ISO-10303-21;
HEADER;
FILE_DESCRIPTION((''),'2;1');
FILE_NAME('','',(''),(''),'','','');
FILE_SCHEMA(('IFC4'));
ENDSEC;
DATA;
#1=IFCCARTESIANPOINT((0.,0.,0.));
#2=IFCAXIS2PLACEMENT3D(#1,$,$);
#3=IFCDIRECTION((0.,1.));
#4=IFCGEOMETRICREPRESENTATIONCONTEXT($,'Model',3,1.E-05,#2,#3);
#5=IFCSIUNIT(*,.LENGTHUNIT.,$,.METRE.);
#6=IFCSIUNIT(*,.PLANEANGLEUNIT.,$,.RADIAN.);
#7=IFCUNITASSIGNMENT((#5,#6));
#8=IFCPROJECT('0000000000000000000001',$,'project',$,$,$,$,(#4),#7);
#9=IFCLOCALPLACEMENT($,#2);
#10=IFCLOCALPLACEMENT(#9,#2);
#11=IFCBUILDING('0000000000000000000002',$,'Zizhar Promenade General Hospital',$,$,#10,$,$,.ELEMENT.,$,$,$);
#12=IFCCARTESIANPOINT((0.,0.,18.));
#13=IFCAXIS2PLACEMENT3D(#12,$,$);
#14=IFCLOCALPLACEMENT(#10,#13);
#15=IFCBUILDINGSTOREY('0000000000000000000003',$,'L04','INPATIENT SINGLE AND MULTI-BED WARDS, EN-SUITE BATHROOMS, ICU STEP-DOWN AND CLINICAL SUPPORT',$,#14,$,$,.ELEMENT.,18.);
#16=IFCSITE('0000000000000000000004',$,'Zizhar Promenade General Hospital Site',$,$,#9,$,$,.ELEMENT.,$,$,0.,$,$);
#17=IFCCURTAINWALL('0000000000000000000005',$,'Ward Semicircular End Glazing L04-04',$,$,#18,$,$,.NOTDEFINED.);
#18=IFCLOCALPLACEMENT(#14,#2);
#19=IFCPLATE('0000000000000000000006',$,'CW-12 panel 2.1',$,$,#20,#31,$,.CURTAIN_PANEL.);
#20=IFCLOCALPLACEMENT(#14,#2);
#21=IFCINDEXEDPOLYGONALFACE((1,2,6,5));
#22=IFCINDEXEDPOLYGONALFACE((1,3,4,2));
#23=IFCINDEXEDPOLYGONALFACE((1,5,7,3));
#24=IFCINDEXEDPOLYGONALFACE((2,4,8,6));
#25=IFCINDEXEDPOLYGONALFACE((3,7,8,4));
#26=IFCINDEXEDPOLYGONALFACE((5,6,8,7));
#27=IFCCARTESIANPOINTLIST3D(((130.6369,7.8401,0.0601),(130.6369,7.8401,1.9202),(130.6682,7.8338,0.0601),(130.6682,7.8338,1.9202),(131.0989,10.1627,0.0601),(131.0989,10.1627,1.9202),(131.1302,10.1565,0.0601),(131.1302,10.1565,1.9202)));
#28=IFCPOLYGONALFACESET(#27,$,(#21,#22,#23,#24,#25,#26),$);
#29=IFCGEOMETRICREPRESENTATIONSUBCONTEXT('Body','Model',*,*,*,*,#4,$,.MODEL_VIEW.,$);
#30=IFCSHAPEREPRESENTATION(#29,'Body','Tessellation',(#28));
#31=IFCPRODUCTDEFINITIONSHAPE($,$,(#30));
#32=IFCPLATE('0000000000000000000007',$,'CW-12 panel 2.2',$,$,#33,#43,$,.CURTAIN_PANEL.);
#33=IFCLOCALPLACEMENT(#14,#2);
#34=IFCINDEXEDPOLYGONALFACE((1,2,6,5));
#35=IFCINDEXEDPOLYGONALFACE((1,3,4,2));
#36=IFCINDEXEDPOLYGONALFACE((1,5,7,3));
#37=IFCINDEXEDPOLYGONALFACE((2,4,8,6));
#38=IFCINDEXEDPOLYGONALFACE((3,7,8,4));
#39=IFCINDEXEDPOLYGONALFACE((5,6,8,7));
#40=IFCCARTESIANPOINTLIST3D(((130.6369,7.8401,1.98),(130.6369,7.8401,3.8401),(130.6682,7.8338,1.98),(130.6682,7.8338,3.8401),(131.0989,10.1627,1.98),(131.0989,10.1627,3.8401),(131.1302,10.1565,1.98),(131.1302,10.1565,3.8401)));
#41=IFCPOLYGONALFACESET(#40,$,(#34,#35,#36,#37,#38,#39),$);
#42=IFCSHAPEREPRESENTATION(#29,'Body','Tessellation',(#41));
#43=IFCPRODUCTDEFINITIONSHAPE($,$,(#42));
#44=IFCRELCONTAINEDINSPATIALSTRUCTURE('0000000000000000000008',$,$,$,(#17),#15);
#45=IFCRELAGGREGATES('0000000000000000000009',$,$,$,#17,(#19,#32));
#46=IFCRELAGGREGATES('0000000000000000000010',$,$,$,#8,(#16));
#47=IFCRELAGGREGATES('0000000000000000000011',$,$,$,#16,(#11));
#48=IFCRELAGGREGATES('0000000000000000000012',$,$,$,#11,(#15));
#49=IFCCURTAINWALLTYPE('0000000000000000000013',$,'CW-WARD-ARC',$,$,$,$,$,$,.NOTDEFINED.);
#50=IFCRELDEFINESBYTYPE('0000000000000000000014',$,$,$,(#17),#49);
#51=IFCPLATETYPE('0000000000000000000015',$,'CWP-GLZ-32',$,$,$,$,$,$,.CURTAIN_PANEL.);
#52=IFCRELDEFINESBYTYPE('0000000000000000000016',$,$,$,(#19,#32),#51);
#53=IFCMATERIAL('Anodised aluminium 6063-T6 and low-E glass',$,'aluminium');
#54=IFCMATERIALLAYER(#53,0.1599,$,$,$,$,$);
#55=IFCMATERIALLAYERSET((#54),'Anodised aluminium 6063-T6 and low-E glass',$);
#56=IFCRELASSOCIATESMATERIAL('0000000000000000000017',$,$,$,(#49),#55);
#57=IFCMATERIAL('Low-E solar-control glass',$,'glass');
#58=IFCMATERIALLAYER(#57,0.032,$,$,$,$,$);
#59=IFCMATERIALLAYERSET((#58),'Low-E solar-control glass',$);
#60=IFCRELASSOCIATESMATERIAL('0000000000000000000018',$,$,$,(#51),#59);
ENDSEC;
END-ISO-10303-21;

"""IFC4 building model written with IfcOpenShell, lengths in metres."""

from ifc_helpers import new_model, si_unit, direction, frame, origin, origin_2d, place, context, subcontext, project, spatial, rectangle, extrude, material, layer, layer_set, type_object, element, aggregate, save


model = new_model("IFC4")

# Units and contexts
model_context = context("Model", 3, precision=1e-05, world=origin(), true_north=direction((0.0, 1.0)))
body_context = subcontext(model_context, "Body", "Model", "MODEL_VIEW")
ifc_project = project(units=[si_unit("LENGTHUNIT", "METRE"), si_unit("PLANEANGLEUNIT", "RADIAN")], contexts=[model_context])

# Site, building, storey
site_placement = place(None, origin())
site = spatial("IfcSite", under=ifc_project, at=site_placement, Name="Zizhar Promenade General Hospital Site", CompositionType="ELEMENT", RefElevation=0.0)
building_placement = place(site_placement, origin())
building = spatial("IfcBuilding", under=site, at=building_placement, Name="Zizhar Promenade General Hospital", CompositionType="ELEMENT")
storey_placement = place(building_placement, frame((0.0, 0.0, 18.0)))
storey = spatial("IfcBuildingStorey", under=building, at=storey_placement, Name="L04", Description="INPATIENT SINGLE AND MULTI-BED WARDS, EN-SUITE BATHROOMS, ICU STEP-DOWN AND CLINICAL SUPPORT", CompositionType="ELEMENT", Elevation=18.0)

# Curtain wall
ifc_material_1 = material(Name="Anodised aluminium 6063-T6 and low-E glass", Category="aluminium")
ifc_layer_1 = layer(ifc_material_1, 0.1599)
ifc_layer_set_1 = layer_set([ifc_layer_1], Name="Anodised aluminium 6063-T6 and low-E glass")
curtain_wall_type = type_object("IfcCurtainWallType", Name="CW-WARD-ARC", PredefinedType="NOTDEFINED", material=ifc_layer_set_1)
curtain_wall_1_placement = place(storey_placement, origin())
curtain_wall_1 = element("IfcCurtainWall", 1, at=curtain_wall_1_placement, inside=storey, type_object=curtain_wall_type, Name="Ward Semicircular End Glazing L04-04", PredefinedType="NOTDEFINED")

# Plates
ifc_material_2 = material(Name="Low-E solar-control glass", Category="glass")
ifc_layer_2 = layer(ifc_material_2, 0.032)
ifc_layer_set_2 = layer_set([ifc_layer_2], Name="Low-E solar-control glass")
plate_type = type_object("IfcPlateType", Name="CWP-GLZ-32", PredefinedType="CURTAIN_PANEL", material=ifc_layer_set_2)
plate_1_placement = place(storey_placement, frame((130.8835, 8.9983, 0.0601), z_axis=(0.0, 0.0, 1.0), x_axis=(-0.195087, -0.980786, 0.0)))
plate_1 = element("IfcPlate", 2, at=plate_1_placement, type_object=plate_type, Name="CW-12 panel 2.1", PredefinedType="CURTAIN_PANEL", context=body_context, shape_type="SweptSolid", body=[
    extrude(rectangle(XDim=2.3682, YDim=0.032, at=origin_2d()), origin(), (0.0, 0.0, 1.0), 1.8601),
])
plate_2_placement = place(storey_placement, frame((130.8835, 8.9983, 1.98), z_axis=(0.0, 0.0, 1.0), x_axis=(-0.195087, -0.980786, 0.0)))
plate_2 = element("IfcPlate", 3, at=plate_2_placement, type_object=plate_type, Name="CW-12 panel 2.2", PredefinedType="CURTAIN_PANEL", context=body_context, shape_type="SweptSolid", body=[
    extrude(rectangle(XDim=2.3682, YDim=0.032, at=origin_2d()), origin(), (0.0, 0.0, 1.0), 1.8601),
])
aggregate(curtain_wall_1, [plate_1, plate_2])

save(model, "model.ifc")
